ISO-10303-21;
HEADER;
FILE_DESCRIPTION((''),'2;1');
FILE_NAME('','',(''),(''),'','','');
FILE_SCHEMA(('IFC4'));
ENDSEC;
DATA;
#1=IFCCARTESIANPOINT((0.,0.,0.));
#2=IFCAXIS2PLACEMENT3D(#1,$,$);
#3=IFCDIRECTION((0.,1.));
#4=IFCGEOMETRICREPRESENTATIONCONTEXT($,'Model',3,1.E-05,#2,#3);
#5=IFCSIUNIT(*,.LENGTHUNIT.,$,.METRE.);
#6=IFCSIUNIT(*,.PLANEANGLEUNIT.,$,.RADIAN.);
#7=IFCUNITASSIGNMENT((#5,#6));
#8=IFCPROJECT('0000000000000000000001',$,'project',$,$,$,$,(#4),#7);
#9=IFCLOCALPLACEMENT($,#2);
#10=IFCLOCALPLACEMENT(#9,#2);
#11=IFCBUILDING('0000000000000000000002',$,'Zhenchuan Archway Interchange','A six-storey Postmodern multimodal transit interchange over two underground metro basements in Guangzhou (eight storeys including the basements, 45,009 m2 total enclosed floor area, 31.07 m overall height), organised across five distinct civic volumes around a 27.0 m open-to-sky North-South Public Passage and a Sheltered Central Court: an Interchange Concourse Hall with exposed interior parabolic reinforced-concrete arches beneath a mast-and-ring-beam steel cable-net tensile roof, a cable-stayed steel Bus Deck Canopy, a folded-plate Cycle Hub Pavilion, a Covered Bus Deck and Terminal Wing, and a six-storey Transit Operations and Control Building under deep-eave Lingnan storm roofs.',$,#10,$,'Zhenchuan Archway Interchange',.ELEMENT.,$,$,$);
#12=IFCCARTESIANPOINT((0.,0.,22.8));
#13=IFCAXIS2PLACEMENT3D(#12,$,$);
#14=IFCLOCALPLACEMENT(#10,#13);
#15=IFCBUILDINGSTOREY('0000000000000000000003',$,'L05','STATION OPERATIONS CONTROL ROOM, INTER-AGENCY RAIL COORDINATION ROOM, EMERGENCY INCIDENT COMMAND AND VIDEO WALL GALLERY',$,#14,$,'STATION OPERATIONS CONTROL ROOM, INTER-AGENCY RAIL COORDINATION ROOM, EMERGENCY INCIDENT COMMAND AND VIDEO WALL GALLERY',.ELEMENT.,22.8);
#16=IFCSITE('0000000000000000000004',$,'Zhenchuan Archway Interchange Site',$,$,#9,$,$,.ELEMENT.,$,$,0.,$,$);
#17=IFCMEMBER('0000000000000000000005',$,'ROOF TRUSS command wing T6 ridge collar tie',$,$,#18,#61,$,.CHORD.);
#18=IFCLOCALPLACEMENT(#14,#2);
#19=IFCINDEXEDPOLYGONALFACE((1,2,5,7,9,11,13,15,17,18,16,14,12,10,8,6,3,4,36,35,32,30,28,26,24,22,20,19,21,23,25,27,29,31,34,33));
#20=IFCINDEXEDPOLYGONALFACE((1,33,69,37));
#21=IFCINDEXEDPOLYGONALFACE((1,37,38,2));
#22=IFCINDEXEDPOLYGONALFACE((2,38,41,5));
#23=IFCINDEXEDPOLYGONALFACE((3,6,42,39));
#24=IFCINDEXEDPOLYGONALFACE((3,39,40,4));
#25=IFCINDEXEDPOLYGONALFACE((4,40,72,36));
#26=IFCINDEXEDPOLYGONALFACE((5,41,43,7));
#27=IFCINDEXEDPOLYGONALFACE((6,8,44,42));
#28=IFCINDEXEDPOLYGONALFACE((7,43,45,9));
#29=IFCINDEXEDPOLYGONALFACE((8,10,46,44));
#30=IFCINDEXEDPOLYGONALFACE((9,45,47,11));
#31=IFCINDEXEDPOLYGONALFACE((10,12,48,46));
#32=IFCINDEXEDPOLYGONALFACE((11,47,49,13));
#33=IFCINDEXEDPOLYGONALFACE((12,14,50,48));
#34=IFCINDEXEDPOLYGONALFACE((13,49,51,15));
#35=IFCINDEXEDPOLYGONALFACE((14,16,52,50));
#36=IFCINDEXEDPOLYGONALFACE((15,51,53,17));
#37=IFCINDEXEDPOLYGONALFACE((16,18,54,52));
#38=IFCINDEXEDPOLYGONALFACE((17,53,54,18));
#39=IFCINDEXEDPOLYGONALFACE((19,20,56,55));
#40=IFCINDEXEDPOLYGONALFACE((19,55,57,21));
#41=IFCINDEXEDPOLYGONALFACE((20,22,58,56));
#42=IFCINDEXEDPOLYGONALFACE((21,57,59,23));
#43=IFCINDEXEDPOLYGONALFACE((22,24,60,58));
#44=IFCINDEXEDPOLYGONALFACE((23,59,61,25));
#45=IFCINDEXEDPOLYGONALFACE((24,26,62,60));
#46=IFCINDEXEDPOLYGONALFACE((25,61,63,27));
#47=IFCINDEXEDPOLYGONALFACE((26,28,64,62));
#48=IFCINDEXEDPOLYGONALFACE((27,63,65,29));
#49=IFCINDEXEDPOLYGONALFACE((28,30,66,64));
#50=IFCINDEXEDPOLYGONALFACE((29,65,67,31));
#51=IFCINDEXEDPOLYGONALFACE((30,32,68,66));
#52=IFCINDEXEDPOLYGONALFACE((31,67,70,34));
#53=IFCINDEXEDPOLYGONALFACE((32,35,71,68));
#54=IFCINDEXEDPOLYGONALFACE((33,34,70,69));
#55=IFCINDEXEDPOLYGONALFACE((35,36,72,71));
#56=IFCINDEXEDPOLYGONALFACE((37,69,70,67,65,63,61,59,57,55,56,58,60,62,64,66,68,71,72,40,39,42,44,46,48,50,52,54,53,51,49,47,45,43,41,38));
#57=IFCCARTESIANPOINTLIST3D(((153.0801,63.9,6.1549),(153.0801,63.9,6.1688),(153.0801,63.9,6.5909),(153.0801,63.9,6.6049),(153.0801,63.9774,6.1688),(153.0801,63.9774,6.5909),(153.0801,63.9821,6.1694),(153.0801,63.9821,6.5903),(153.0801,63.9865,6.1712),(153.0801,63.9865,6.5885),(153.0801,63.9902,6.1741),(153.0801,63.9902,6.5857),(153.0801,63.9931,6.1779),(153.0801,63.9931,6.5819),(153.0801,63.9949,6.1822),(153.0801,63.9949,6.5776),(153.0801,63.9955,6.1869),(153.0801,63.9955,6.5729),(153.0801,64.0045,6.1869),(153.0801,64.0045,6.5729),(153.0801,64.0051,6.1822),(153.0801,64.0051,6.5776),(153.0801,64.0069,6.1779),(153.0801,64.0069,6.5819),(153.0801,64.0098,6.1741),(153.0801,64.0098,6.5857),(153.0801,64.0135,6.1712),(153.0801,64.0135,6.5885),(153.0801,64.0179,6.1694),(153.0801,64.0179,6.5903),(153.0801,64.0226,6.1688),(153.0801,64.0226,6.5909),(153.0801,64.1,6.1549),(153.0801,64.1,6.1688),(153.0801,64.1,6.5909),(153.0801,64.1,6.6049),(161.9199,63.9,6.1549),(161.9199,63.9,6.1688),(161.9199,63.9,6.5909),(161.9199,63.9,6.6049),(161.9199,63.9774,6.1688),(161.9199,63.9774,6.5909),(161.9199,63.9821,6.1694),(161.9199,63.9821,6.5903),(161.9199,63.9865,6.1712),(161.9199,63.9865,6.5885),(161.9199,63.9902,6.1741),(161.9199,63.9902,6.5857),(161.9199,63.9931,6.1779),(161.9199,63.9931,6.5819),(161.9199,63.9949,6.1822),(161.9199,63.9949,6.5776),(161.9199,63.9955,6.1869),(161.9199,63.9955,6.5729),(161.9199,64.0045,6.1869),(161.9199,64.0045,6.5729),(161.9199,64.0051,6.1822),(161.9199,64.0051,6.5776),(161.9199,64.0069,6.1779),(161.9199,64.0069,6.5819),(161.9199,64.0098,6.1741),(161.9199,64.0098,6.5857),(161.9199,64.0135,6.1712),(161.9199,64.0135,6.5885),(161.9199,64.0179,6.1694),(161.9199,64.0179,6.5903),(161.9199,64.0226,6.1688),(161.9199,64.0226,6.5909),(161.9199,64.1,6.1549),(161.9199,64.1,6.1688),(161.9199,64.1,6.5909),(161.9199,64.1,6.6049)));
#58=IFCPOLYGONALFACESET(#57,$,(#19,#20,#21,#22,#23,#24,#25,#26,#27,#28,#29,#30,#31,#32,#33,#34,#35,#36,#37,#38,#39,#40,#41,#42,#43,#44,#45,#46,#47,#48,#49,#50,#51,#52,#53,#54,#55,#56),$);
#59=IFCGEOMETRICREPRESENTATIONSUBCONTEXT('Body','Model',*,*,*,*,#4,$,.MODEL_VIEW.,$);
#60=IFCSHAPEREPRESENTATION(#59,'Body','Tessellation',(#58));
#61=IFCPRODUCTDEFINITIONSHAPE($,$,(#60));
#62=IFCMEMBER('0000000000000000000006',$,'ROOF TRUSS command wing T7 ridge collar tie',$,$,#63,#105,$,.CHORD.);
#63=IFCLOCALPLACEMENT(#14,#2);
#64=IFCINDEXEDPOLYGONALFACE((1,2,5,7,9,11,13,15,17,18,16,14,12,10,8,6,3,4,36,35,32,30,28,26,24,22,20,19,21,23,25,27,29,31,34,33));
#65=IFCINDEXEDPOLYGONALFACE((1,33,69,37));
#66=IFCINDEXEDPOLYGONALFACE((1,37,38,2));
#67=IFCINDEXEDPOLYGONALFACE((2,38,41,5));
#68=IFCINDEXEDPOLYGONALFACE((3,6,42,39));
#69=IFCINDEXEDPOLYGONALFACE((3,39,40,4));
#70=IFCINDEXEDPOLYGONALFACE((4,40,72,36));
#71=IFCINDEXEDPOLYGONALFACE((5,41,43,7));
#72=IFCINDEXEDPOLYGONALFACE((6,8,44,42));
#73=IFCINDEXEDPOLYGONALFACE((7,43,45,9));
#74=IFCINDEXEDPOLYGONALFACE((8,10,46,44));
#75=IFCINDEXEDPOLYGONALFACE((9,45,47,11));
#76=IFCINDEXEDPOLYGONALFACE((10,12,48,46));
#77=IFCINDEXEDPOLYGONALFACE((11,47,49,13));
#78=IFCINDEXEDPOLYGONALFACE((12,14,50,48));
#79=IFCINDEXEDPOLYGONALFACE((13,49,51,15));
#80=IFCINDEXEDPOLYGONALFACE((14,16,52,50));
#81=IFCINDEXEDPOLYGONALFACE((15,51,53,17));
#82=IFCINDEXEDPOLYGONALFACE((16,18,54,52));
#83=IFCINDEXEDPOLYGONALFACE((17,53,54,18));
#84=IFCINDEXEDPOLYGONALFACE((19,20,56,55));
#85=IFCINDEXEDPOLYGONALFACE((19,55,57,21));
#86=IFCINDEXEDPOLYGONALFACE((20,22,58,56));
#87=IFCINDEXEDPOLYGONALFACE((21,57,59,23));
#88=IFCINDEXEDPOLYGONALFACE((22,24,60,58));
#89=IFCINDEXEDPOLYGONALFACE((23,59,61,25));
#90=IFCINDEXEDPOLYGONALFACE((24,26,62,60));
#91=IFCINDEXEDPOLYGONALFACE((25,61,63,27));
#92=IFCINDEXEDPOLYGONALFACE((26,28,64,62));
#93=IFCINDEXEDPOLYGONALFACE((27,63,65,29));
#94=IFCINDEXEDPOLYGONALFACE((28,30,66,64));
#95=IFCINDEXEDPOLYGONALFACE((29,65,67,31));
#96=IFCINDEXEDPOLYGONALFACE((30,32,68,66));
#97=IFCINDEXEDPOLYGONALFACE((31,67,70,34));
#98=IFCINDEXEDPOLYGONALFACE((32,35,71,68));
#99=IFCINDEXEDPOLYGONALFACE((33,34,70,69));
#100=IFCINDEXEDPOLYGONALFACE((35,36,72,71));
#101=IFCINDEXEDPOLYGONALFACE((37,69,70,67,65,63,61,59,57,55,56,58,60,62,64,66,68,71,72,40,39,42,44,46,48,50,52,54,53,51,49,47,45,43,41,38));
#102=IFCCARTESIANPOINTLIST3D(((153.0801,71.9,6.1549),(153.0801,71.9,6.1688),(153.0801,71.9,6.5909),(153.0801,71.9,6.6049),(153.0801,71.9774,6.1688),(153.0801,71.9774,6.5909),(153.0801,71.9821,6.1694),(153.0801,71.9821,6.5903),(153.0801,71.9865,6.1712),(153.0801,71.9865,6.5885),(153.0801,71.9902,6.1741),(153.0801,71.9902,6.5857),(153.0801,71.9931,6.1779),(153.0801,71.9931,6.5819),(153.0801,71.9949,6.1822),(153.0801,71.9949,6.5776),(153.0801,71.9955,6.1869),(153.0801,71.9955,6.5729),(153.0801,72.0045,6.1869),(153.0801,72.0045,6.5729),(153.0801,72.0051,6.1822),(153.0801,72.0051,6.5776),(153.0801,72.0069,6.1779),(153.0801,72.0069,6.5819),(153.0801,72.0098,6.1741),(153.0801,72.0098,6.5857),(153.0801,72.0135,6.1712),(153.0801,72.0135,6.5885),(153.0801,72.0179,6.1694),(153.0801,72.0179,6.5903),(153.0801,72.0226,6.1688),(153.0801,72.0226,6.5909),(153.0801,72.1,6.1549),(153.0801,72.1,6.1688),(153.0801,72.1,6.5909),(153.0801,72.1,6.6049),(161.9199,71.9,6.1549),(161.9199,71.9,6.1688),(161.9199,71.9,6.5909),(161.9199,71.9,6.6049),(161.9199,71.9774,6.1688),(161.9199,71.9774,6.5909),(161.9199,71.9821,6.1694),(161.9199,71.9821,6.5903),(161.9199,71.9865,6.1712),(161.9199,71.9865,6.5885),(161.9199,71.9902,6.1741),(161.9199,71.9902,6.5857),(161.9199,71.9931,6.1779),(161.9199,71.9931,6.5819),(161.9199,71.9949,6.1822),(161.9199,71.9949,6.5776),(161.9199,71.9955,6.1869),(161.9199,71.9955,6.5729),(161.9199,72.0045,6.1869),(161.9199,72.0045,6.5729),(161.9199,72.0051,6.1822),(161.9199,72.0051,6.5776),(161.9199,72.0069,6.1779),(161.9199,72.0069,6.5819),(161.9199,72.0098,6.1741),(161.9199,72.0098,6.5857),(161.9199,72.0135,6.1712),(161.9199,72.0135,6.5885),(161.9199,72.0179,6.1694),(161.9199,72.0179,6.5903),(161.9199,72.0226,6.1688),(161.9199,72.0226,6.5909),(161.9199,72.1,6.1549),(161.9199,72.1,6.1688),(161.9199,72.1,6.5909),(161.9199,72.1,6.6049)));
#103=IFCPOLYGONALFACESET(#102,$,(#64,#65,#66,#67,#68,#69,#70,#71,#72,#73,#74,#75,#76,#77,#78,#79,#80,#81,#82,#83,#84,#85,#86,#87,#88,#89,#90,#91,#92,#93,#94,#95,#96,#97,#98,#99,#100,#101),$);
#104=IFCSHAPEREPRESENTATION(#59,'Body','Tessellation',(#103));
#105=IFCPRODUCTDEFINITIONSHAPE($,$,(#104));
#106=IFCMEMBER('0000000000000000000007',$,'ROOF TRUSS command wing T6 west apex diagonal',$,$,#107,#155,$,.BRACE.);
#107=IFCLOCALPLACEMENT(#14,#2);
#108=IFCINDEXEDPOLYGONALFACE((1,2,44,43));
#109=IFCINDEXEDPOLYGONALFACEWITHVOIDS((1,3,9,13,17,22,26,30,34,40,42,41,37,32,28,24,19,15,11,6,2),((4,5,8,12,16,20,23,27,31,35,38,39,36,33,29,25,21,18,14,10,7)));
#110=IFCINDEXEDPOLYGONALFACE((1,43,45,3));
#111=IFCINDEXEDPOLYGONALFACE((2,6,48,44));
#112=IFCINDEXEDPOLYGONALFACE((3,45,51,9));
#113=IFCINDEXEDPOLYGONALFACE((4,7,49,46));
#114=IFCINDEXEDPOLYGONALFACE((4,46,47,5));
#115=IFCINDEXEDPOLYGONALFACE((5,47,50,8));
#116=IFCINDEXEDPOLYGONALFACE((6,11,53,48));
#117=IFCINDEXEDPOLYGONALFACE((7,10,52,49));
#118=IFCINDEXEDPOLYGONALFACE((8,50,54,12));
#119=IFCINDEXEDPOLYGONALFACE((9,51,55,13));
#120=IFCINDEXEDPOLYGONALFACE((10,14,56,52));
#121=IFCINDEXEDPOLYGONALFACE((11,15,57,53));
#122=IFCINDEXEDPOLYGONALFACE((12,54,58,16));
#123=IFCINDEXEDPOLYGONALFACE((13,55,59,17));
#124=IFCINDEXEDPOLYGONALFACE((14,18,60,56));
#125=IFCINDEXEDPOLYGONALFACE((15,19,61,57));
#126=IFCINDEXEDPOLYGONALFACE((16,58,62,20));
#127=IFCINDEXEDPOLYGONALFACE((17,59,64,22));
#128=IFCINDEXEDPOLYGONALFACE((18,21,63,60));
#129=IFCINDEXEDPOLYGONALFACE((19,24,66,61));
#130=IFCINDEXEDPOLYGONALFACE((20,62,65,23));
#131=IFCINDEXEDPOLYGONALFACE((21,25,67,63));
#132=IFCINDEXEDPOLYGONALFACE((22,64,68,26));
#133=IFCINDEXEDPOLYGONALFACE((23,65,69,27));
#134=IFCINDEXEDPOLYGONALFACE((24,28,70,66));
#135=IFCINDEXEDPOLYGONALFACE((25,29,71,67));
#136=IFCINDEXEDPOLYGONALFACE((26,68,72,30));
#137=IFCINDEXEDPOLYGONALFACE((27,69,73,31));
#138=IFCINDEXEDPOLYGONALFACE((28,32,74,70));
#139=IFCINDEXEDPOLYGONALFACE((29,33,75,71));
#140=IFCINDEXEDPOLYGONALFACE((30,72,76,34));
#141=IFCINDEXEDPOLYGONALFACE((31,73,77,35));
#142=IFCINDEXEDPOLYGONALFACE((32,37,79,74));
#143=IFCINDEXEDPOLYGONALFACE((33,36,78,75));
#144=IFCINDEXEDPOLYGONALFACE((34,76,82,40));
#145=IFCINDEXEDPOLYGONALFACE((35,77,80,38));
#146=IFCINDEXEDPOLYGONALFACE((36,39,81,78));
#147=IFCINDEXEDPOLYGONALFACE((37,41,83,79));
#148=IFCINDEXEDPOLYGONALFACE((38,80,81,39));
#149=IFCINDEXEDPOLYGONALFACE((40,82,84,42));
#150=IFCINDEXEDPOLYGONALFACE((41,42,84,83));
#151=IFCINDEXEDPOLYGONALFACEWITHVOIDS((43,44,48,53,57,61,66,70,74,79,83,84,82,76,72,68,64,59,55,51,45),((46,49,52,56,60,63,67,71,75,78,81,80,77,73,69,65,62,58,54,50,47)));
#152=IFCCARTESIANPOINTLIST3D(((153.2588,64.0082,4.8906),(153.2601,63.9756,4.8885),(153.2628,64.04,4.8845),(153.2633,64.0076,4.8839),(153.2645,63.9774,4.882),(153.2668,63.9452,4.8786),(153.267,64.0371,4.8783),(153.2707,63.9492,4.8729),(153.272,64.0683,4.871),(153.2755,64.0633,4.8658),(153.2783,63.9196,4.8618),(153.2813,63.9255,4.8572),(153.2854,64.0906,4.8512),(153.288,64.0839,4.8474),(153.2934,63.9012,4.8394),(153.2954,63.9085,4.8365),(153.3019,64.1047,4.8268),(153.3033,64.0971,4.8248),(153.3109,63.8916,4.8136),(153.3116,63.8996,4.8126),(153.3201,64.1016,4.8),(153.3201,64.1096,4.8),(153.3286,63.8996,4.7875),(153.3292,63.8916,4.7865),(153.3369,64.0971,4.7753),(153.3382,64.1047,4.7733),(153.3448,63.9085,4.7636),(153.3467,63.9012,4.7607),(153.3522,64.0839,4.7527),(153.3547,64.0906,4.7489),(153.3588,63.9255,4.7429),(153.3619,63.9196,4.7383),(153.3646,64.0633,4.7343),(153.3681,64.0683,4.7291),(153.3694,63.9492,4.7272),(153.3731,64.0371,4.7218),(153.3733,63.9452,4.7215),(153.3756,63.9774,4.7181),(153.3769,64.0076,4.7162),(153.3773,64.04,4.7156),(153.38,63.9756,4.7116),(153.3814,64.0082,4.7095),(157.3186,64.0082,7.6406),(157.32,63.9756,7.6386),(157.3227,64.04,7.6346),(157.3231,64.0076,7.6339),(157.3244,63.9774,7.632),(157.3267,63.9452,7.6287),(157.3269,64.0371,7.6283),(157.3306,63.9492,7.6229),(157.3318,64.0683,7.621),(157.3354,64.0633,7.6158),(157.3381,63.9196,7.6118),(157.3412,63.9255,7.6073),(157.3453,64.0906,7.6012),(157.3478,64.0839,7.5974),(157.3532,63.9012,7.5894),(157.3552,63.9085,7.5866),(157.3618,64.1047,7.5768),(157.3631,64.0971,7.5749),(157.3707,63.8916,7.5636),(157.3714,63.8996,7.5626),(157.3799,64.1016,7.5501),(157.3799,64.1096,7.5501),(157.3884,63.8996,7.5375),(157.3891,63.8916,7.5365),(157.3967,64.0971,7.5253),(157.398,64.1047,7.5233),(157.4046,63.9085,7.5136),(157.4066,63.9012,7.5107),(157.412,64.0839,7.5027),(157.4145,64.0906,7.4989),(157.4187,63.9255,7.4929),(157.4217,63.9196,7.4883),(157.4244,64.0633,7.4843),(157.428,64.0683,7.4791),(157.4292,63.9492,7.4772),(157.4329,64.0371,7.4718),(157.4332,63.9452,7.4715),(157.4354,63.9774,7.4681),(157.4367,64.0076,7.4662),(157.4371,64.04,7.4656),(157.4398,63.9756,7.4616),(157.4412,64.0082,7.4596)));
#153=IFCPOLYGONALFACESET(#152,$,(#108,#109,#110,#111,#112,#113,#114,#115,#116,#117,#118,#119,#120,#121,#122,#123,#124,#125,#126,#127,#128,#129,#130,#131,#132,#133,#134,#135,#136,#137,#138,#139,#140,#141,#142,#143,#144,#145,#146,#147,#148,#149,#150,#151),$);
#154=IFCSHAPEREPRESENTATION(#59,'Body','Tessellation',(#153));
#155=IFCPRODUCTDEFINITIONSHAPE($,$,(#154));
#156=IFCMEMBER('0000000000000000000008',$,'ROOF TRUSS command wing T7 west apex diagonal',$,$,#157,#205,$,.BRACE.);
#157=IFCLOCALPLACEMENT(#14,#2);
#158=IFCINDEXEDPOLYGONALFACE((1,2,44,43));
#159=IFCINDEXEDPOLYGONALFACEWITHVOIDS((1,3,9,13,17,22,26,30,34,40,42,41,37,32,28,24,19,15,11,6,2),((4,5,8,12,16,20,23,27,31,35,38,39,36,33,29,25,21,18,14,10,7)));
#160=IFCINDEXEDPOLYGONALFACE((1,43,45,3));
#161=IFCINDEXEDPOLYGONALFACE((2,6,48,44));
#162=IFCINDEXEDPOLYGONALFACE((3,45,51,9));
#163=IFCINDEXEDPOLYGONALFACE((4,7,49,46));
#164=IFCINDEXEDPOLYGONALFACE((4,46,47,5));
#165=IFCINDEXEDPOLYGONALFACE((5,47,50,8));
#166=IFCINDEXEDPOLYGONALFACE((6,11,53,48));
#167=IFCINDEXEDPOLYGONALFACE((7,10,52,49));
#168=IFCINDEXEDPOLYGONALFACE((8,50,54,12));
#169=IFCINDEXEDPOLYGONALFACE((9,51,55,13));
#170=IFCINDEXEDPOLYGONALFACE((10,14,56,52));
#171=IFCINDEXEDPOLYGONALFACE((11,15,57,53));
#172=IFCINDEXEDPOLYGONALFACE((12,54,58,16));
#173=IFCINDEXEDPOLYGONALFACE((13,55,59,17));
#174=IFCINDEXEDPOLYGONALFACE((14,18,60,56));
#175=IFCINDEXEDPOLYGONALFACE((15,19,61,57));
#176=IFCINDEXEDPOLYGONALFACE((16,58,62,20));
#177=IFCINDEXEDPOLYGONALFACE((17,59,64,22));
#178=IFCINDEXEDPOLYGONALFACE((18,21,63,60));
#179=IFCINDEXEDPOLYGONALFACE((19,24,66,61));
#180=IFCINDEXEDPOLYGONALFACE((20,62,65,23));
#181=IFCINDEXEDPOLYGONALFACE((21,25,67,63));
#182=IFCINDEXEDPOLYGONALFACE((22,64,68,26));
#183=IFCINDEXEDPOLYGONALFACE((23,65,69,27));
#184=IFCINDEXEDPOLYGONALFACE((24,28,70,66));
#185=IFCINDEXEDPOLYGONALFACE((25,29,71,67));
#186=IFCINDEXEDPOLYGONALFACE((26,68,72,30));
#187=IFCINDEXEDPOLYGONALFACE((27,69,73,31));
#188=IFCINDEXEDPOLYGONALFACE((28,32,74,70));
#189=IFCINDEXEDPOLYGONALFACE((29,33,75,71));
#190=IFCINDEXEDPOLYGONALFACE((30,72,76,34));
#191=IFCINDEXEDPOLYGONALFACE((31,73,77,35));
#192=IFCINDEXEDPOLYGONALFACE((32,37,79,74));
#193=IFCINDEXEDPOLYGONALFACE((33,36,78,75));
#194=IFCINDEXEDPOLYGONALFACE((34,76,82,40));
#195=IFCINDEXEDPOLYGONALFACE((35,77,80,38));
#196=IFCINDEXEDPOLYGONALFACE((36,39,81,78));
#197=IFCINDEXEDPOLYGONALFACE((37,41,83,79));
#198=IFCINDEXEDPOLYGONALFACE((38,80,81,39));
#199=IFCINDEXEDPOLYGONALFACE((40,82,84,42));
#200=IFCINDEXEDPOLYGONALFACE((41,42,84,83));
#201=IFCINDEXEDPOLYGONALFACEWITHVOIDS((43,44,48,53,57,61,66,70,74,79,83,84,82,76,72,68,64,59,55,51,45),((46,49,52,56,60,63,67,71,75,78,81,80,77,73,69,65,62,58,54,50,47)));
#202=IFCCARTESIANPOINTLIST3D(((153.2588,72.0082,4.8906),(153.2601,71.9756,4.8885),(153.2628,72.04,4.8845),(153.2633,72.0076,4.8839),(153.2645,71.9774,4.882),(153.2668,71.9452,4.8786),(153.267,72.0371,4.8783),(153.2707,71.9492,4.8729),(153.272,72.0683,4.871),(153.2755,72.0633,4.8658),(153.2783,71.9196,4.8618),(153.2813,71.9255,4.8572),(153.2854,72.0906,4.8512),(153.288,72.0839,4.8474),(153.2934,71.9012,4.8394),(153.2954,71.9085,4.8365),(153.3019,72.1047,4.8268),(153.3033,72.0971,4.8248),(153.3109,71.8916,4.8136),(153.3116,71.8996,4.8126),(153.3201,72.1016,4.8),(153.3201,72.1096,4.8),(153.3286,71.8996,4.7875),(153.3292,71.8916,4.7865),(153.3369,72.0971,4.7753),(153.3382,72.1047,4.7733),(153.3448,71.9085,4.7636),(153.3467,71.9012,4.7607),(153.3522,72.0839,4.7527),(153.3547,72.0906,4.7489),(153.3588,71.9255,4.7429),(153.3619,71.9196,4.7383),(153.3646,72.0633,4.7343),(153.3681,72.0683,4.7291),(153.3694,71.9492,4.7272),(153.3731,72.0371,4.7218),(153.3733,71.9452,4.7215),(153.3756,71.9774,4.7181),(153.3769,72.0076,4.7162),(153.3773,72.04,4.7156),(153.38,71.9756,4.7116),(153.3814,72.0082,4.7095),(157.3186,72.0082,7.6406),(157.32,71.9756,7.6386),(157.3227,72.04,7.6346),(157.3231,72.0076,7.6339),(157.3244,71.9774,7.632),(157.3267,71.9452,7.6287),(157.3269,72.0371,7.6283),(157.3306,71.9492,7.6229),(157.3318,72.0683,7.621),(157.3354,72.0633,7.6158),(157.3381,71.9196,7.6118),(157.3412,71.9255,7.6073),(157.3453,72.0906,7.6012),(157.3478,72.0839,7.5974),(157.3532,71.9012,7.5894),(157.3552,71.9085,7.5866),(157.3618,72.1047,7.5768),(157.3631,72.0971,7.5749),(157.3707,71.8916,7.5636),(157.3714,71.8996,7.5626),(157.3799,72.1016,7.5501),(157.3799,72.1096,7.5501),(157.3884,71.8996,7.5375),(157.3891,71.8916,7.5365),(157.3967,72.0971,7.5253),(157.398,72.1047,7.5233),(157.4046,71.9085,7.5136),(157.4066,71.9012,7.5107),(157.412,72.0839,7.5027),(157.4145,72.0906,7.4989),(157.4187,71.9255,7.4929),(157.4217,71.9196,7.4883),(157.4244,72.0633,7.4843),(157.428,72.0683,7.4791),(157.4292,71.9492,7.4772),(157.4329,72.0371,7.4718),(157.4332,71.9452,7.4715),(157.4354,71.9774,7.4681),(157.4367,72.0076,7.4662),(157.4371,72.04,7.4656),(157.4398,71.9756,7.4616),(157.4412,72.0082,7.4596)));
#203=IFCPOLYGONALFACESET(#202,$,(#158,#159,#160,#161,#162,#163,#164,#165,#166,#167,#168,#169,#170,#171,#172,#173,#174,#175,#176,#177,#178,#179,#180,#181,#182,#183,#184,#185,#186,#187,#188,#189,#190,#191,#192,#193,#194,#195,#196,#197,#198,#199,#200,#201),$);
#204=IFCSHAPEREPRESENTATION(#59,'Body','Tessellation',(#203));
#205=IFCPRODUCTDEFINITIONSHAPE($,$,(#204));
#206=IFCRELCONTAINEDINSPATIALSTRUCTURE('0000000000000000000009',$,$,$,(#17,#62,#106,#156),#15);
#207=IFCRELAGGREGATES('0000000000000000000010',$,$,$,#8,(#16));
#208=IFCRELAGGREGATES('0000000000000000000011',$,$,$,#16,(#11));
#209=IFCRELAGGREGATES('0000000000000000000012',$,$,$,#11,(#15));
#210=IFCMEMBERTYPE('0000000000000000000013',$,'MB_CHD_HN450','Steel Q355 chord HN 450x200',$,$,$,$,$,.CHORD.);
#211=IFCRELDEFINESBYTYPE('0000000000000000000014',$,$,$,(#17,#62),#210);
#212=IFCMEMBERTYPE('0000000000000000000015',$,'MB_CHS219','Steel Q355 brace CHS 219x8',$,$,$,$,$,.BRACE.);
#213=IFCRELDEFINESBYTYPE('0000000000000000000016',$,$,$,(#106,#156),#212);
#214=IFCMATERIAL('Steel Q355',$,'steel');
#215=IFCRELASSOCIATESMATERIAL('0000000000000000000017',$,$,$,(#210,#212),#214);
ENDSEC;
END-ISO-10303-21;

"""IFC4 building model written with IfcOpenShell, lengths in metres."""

from ifc_helpers import new_model, si_unit, direction, frame, origin, origin_2d, place, context, subcontext, project, spatial, hollow_circle, i_section, extrude, material, material_profile, profile_set, type_object, element, save


model = new_model("IFC4")

# Units and contexts
model_context = context("Model", 3, precision=1e-05, world=origin(), true_north=direction((0.0, 1.0)))
body_context = subcontext(model_context, "Body", "Model", "MODEL_VIEW")
ifc_project = project(units=[si_unit("LENGTHUNIT", "METRE"), si_unit("PLANEANGLEUNIT", "RADIAN")], contexts=[model_context])

# Site, building, storey
site_placement = place(None, origin())
site = spatial("IfcSite", under=ifc_project, at=site_placement, Name="Zhenchuan Archway Interchange Site", CompositionType="ELEMENT", RefElevation=0.0)
building_placement = place(site_placement, origin())
building = spatial("IfcBuilding", under=site, at=building_placement, Name="Zhenchuan Archway Interchange", Description="A six-storey Postmodern multimodal transit interchange over two underground metro basements in Guangzhou (eight storeys including the basements, 45,009 m2 total enclosed floor area, 31.07 m overall height), organised across five distinct civic volumes around a 27.0 m open-to-sky North-South Public Passage and a Sheltered Central Court: an Interchange Concourse Hall with exposed interior parabolic reinforced-concrete arches beneath a mast-and-ring-beam steel cable-net tensile roof, a cable-stayed steel Bus Deck Canopy, a folded-plate Cycle Hub Pavilion, a Covered Bus Deck and Terminal Wing, and a six-storey Transit Operations and Control Building under deep-eave Lingnan storm roofs.", LongName="Zhenchuan Archway Interchange", CompositionType="ELEMENT")
storey_placement = place(building_placement, frame((0.0, 0.0, 22.8)))
storey = spatial("IfcBuildingStorey", under=building, at=storey_placement, Name="L05", Description="STATION OPERATIONS CONTROL ROOM, INTER-AGENCY RAIL COORDINATION ROOM, EMERGENCY INCIDENT COMMAND AND VIDEO WALL GALLERY", LongName="STATION OPERATIONS CONTROL ROOM, INTER-AGENCY RAIL COORDINATION ROOM, EMERGENCY INCIDENT COMMAND AND VIDEO WALL GALLERY", CompositionType="ELEMENT", Elevation=22.8)

# Shared definitions
ifc_material_1 = material(Name="Steel Q355", Category="steel")

# Members
ifc_material_profile_1 = material_profile(ifc_material_1, i_section(OverallWidth=0.2, OverallDepth=0.45, WebThickness=0.009, FlangeThickness=0.0139, FilletRadius=0.0181, at=origin_2d()), Name="HN 450x200")
ifc_profile_set_1 = profile_set([ifc_material_profile_1], Name="Steel Q355")
member_type_1 = type_object("IfcMemberType", Name="MB_CHD_HN450", Description="Steel Q355 chord HN 450x200", PredefinedType="CHORD", material=ifc_profile_set_1)
for number, where, z_axis, x_axis, name in (
    (1, (153.0801, 64.0, 6.3799), (1.0, 0.0, 0.0), (0.0, 1.0, 0.0), "ROOF TRUSS command wing T6 ridge collar tie"),
    (2, (153.0801, 72.0, 6.3799), (1.0, 0.0, 0.0), (0.0, 1.0, 0.0), "ROOF TRUSS command wing T7 ridge collar tie"),
):
    element("IfcMember", number, at=place(storey_placement, frame(where, z_axis=z_axis, x_axis=x_axis)), inside=storey, type_object=member_type_1, Name=name, PredefinedType="CHORD", context=body_context, shape_type="SweptSolid", body=[
        extrude(i_section(OverallWidth=0.2, OverallDepth=0.45, WebThickness=0.009, FlangeThickness=0.0139, FilletRadius=0.0181, at=origin_2d()), origin(), (0.0, 0.0, 1.0), 8.8398),
    ])
ifc_material_profile_2 = material_profile(ifc_material_1, hollow_circle(Radius=0.1096, WallThickness=0.0081, at=origin_2d()), Name="CHS 219x8")
ifc_profile_set_2 = profile_set([ifc_material_profile_2], Name="Steel Q355")
member_type_2 = type_object("IfcMemberType", Name="MB_CHS219", Description="Steel Q355 brace CHS 219x8", PredefinedType="BRACE", material=ifc_profile_set_2)
for number, where, z_axis, x_axis, name in (
    (3, (153.3201, 64.0, 4.8), (0.827937, 0.0, 0.560821), (0.0, 1.0, 0.0), "ROOF TRUSS command wing T6 west apex diagonal"),
    (4, (153.3201, 72.0, 4.8), (0.827937, 0.0, 0.560821), (0.0, 1.0, 0.0), "ROOF TRUSS command wing T7 west apex diagonal"),
):
    element("IfcMember", number, at=place(storey_placement, frame(where, z_axis=z_axis, x_axis=x_axis)), inside=storey, type_object=member_type_2, Name=name, PredefinedType="BRACE", context=body_context, shape_type="SweptSolid", body=[
        extrude(hollow_circle(Radius=0.1096, WallThickness=0.0081, at=origin_2d()), origin(), (0.0, 0.0, 1.0), 4.9036),
    ])

save(model, "model.ifc")
